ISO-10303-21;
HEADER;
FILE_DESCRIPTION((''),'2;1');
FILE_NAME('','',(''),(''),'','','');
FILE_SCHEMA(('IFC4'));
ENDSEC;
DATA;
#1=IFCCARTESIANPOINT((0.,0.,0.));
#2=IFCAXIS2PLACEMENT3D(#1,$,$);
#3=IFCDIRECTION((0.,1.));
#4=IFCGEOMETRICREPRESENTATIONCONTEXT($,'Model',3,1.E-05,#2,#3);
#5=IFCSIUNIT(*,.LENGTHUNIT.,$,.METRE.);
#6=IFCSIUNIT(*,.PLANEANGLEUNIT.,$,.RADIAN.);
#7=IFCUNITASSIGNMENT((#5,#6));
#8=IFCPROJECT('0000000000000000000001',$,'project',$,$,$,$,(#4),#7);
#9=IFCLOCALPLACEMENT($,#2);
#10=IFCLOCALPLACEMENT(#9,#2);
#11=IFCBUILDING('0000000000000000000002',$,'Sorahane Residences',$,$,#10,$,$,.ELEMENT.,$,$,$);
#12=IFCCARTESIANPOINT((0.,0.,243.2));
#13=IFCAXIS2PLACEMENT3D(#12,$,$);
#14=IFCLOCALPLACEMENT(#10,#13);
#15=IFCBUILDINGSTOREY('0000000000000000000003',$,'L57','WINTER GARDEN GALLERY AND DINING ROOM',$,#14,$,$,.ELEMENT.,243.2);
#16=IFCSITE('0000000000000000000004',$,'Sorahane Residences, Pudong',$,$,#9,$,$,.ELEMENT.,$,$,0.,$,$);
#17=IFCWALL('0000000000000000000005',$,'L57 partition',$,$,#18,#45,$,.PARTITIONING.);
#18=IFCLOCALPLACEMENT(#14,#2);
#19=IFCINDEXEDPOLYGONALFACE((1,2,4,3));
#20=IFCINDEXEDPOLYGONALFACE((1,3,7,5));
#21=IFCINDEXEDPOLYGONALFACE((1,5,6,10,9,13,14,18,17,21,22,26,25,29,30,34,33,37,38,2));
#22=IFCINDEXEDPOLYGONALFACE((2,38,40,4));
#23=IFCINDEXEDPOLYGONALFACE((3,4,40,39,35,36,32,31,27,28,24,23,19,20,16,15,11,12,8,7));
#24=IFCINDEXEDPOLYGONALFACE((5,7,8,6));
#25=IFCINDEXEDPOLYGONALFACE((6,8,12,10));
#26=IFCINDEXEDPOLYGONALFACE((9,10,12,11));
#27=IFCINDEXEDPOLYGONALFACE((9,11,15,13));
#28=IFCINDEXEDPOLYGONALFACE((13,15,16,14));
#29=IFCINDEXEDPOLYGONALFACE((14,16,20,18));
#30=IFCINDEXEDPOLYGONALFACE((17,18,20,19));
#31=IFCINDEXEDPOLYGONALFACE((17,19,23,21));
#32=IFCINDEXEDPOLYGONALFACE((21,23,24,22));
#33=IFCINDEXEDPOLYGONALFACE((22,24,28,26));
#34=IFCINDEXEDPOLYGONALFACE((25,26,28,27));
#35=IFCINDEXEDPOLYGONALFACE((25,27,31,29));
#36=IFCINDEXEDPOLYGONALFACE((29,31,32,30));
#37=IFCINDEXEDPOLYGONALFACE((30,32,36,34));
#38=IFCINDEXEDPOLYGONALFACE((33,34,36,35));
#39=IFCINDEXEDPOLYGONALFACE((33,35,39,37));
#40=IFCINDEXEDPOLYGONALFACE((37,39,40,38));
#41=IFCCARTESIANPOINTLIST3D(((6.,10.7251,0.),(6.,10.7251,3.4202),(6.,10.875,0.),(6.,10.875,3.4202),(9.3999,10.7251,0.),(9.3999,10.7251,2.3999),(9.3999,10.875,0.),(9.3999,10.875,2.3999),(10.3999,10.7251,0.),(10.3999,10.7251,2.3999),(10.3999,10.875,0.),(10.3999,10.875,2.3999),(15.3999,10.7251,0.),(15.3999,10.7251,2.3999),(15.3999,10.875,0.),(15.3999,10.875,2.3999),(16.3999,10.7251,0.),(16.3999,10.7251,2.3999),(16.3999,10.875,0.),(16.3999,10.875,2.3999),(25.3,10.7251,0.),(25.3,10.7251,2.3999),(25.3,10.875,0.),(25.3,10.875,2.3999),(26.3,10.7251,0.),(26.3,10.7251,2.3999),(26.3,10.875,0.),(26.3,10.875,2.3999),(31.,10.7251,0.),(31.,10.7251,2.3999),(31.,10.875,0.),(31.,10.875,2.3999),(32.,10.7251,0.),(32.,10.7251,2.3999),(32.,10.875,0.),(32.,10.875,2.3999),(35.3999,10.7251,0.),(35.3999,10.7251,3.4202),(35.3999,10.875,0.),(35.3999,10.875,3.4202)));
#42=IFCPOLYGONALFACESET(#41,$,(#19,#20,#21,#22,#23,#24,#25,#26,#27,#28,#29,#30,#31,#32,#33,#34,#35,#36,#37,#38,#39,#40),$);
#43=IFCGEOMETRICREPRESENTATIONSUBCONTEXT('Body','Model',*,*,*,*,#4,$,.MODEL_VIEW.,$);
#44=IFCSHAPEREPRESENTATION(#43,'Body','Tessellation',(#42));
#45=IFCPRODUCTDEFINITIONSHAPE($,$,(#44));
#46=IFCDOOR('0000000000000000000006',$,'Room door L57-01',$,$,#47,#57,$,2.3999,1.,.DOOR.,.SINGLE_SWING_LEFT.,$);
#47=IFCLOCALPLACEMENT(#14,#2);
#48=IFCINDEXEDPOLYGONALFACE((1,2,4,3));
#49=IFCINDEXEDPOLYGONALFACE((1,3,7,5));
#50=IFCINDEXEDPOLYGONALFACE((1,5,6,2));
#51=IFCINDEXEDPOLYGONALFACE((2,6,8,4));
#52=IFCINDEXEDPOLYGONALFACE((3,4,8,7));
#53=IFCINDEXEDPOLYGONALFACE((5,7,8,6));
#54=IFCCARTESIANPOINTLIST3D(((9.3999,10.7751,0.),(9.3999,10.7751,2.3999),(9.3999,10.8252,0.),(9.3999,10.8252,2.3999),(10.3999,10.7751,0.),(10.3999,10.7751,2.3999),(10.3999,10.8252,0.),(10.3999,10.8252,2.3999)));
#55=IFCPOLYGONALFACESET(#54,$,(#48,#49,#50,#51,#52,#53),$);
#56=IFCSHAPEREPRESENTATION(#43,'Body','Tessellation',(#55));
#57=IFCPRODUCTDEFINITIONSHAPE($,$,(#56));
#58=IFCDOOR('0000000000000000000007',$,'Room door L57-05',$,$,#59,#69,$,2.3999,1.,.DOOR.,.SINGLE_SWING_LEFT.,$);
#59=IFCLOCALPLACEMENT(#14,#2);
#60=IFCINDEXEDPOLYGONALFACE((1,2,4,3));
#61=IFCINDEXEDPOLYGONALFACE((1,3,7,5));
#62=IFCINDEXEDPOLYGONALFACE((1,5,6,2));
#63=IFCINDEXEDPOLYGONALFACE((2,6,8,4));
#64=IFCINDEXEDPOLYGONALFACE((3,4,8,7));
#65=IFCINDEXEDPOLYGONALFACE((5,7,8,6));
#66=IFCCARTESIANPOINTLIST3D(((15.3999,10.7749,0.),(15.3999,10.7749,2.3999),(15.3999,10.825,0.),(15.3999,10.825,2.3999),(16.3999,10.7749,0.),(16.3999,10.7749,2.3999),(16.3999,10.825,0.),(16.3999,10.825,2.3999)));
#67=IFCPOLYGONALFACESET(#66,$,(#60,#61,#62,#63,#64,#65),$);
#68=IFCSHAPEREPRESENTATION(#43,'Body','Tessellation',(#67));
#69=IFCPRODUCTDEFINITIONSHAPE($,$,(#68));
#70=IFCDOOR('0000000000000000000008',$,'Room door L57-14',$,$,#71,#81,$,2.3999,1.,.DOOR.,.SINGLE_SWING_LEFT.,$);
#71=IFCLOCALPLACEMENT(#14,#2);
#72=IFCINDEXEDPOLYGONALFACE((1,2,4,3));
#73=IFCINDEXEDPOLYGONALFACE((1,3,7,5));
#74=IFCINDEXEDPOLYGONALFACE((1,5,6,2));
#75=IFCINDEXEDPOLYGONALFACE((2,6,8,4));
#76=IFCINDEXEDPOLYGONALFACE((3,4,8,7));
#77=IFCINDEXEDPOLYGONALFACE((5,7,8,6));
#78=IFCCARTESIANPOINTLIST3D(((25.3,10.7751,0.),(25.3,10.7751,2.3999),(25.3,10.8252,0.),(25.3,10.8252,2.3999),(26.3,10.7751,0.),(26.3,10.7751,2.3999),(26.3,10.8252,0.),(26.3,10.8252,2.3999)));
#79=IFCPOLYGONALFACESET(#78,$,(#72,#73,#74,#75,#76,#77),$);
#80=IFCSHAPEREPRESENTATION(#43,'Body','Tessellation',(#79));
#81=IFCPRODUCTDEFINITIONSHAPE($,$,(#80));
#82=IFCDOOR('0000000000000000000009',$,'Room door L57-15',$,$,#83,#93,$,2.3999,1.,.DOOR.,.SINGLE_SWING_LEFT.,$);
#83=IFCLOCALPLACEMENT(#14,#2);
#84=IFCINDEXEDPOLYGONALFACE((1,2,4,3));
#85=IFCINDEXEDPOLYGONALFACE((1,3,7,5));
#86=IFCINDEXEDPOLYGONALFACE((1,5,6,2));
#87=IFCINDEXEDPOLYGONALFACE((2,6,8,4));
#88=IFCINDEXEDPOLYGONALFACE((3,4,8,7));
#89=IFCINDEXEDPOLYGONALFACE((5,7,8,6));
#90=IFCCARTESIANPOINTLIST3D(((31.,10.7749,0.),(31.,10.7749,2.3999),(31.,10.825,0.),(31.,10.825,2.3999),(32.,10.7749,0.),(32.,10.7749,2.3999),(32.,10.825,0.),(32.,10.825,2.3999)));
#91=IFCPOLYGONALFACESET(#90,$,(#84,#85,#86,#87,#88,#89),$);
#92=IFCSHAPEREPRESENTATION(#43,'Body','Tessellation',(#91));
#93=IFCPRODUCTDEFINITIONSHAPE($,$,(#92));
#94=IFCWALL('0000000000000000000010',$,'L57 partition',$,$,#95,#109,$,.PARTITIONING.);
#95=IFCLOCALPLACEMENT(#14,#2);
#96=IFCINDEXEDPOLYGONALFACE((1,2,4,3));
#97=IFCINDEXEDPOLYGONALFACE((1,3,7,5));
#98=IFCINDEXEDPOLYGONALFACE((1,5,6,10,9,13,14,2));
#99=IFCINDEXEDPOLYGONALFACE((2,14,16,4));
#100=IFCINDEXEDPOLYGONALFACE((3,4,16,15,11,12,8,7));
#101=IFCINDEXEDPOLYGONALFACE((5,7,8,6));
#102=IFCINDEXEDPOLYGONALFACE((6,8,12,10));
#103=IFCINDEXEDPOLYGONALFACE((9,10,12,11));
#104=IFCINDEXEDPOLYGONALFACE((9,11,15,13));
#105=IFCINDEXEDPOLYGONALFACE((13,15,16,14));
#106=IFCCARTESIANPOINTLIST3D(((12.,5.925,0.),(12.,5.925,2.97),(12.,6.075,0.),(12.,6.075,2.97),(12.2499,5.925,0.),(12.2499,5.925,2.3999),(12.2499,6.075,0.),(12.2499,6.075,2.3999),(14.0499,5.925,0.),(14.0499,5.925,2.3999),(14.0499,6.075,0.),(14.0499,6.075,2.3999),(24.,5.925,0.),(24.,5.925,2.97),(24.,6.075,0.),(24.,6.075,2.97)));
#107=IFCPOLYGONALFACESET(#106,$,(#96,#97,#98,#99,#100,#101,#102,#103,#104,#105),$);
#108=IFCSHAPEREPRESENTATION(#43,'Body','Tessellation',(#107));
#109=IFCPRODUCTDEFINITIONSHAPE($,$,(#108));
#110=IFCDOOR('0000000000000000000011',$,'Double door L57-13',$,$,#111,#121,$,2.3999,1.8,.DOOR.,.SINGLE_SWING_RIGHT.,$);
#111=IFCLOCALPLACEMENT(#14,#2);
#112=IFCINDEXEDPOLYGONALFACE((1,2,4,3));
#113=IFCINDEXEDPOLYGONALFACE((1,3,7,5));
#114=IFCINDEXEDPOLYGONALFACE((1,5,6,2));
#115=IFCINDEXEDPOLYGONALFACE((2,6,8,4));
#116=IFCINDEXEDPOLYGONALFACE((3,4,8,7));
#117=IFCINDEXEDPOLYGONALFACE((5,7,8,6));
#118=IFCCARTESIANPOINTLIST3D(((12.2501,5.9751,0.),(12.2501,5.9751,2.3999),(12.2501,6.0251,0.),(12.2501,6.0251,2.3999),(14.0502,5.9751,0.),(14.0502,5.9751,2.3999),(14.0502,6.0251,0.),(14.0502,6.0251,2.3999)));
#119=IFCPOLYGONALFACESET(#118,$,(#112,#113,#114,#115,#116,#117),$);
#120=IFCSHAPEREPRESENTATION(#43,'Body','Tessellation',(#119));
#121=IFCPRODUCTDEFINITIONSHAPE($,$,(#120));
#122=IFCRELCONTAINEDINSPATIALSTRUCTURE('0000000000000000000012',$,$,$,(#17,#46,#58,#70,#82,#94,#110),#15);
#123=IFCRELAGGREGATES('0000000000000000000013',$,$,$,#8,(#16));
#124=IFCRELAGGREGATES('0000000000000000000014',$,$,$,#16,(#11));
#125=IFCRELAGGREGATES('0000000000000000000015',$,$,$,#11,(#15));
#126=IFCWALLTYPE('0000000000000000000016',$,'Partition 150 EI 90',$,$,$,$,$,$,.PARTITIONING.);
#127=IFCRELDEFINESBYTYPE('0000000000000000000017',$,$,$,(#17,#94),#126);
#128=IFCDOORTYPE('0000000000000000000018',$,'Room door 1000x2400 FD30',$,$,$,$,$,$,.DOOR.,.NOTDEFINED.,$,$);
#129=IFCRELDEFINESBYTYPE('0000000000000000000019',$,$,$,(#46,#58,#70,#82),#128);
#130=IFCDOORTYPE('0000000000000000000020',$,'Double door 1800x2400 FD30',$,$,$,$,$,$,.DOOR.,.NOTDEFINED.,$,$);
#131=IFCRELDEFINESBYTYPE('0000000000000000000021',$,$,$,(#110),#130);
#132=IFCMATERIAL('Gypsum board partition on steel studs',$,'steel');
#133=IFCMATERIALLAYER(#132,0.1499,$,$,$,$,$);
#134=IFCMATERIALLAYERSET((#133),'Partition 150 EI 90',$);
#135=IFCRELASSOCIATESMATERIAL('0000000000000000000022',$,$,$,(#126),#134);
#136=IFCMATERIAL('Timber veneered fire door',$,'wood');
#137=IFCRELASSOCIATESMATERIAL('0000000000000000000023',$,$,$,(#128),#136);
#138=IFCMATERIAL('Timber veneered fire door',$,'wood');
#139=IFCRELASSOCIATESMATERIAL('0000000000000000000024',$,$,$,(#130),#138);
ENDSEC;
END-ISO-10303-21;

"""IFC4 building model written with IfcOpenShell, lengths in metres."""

from ifc_helpers import new_model, si_unit, direction, frame, frame_2d, origin, place, context, subcontext, project, spatial, rectangle, extrude, material, layer, layer_set, type_object, element, fill, save


model = new_model("IFC4")

# Units and contexts
model_context = context("Model", 3, precision=1e-05, world=origin(), true_north=direction((0.0, 1.0)))
body_context = subcontext(model_context, "Body", "Model", "MODEL_VIEW")
ifc_project = project(units=[si_unit("LENGTHUNIT", "METRE"), si_unit("PLANEANGLEUNIT", "RADIAN")], contexts=[model_context])

# Site, building, storey
site_placement = place(None, origin())
site = spatial("IfcSite", under=ifc_project, at=site_placement, Name="Sorahane Residences, Pudong", CompositionType="ELEMENT", RefElevation=0.0)
building_placement = place(site_placement, origin())
building = spatial("IfcBuilding", under=site, at=building_placement, Name="Sorahane Residences", CompositionType="ELEMENT")
storey_placement = place(building_placement, frame((0.0, 0.0, 243.2)))
storey = spatial("IfcBuildingStorey", under=building, at=storey_placement, Name="L57", Description="WINTER GARDEN GALLERY AND DINING ROOM", CompositionType="ELEMENT", Elevation=243.2)

# Shared definitions
ifc_material_1 = material(Name="Gypsum board partition on steel studs", Category="steel")
ifc_layer_1 = layer(ifc_material_1, 0.1499)
ifc_layer_set_1 = layer_set([ifc_layer_1], Name="Partition 150 EI 90")
wall_type = type_object("IfcWallType", Name="Partition 150 EI 90", PredefinedType="PARTITIONING", material=ifc_layer_set_1)

# Wall, openings, doors
wall_1_placement = place(storey_placement, frame((6.0, 10.8, 0.0), z_axis=(0.0, 0.0, 1.0), x_axis=(1.0, 0.0, 0.0)))
wall_1 = element("IfcWall", 1, at=wall_1_placement, inside=storey, type_object=wall_type, Name="L57 partition", PredefinedType="PARTITIONING", context=body_context, shape_type="SweptSolid", body=[
    extrude(rectangle(XDim=29.3999, YDim=0.1499, at=frame_2d((14.7, 0.0))), origin(), (0.0, 0.0, 1.0), 3.4202),
])
opening_1_placement = place(wall_1_placement, frame((3.3999, 0.0, 0.0)))
opening_1 = element("IfcOpeningElement", 2, at=opening_1_placement, cuts=wall_1, PredefinedType="OPENING", context=body_context, shape_type="SweptSolid", body=[
    extrude(rectangle(XDim=1.0, YDim=2.3999, at=frame_2d((0.5, 1.2))), frame((0.0, 0.085, 0.0), z_axis=(0.0, -1.0, 0.0), x_axis=(1.0, 0.0, 0.0)), (0.0, 0.0, 1.0), 0.1699),
])
opening_2_placement = place(wall_1_placement, frame((9.3999, 0.0, 0.0)))
opening_2 = element("IfcOpeningElement", 3, at=opening_2_placement, cuts=wall_1, PredefinedType="OPENING", context=body_context, shape_type="SweptSolid", body=[
    extrude(rectangle(XDim=1.0, YDim=2.3999, at=frame_2d((0.5, 1.2))), frame((0.0, 0.085, 0.0), z_axis=(0.0, -1.0, 0.0), x_axis=(1.0, 0.0, 0.0)), (0.0, 0.0, 1.0), 0.1699),
])
opening_3_placement = place(wall_1_placement, frame((19.3, 0.0, 0.0)))
opening_3 = element("IfcOpeningElement", 4, at=opening_3_placement, cuts=wall_1, PredefinedType="OPENING", context=body_context, shape_type="SweptSolid", body=[
    extrude(rectangle(XDim=1.0, YDim=2.3999, at=frame_2d((0.5, 1.2))), frame((0.0, 0.085, 0.0), z_axis=(0.0, -1.0, 0.0), x_axis=(1.0, 0.0, 0.0)), (0.0, 0.0, 1.0), 0.1699),
])
opening_4_placement = place(wall_1_placement, frame((25.0, 0.0, 0.0)))
opening_4 = element("IfcOpeningElement", 5, at=opening_4_placement, cuts=wall_1, PredefinedType="OPENING", context=body_context, shape_type="SweptSolid", body=[
    extrude(rectangle(XDim=1.0, YDim=2.3999, at=frame_2d((0.5, 1.2))), frame((0.0, 0.085, 0.0), z_axis=(0.0, -1.0, 0.0), x_axis=(1.0, 0.0, 0.0)), (0.0, 0.0, 1.0), 0.1699),
])
ifc_material_2 = material(Name="Timber veneered fire door", Category="wood")
door_type_1 = type_object("IfcDoorType", Name="Room door 1000x2400 FD30", OperationType="NOTDEFINED", PredefinedType="DOOR", material=ifc_material_2)
door_1_placement = place(opening_1_placement, frame((1.0, 0.0, 0.0), z_axis=(0.0, 0.0, 1.0), x_axis=(-1.0, 0.0, 0.0)))
door_1 = element("IfcDoor", 6, at=door_1_placement, inside=storey, type_object=door_type_1, Name="Room door L57-01", OperationType="SINGLE_SWING_LEFT", OverallHeight=2.3999, OverallWidth=1.0, PredefinedType="DOOR", context=body_context, shape_type="SweptSolid", body=[
    extrude(rectangle(XDim=1.0, YDim=2.3999, at=frame_2d((0.5, 1.2))), frame((0.0, 0.0249, 0.0), z_axis=(0.0, -1.0, 0.0), x_axis=(1.0, 0.0, 0.0)), (0.0, 0.0, 1.0), 0.05),
])
fill(opening_1, door_1)
door_2_placement = place(opening_2_placement, origin())
door_2 = element("IfcDoor", 7, at=door_2_placement, inside=storey, type_object=door_type_1, Name="Room door L57-05", OperationType="SINGLE_SWING_LEFT", OverallHeight=2.3999, OverallWidth=1.0, PredefinedType="DOOR", context=body_context, shape_type="SweptSolid", body=[
    extrude(rectangle(XDim=1.0, YDim=2.3999, at=frame_2d((0.5, 1.2))), frame((0.0, 0.0249, 0.0), z_axis=(0.0, -1.0, 0.0), x_axis=(1.0, 0.0, 0.0)), (0.0, 0.0, 1.0), 0.05),
])
fill(opening_2, door_2)
door_3_placement = place(opening_3_placement, frame((1.0, 0.0, 0.0), z_axis=(0.0, 0.0, 1.0), x_axis=(-1.0, 0.0, 0.0)))
door_3 = element("IfcDoor", 8, at=door_3_placement, inside=storey, type_object=door_type_1, Name="Room door L57-14", OperationType="SINGLE_SWING_LEFT", OverallHeight=2.3999, OverallWidth=1.0, PredefinedType="DOOR", context=body_context, shape_type="SweptSolid", body=[
    extrude(rectangle(XDim=1.0, YDim=2.3999, at=frame_2d((0.5, 1.2))), frame((0.0, 0.0249, 0.0), z_axis=(0.0, -1.0, 0.0), x_axis=(1.0, 0.0, 0.0)), (0.0, 0.0, 1.0), 0.05),
])
fill(opening_3, door_3)
door_4_placement = place(opening_4_placement, origin())
door_4 = element("IfcDoor", 9, at=door_4_placement, inside=storey, type_object=door_type_1, Name="Room door L57-15", OperationType="SINGLE_SWING_LEFT", OverallHeight=2.3999, OverallWidth=1.0, PredefinedType="DOOR", context=body_context, shape_type="SweptSolid", body=[
    extrude(rectangle(XDim=1.0, YDim=2.3999, at=frame_2d((0.5, 1.2))), frame((0.0, 0.0249, 0.0), z_axis=(0.0, -1.0, 0.0), x_axis=(1.0, 0.0, 0.0)), (0.0, 0.0, 1.0), 0.05),
])
fill(opening_4, door_4)

# Wall, opening, door
wall_2_placement = place(storey_placement, frame((12.0, 6.0, 0.0), z_axis=(0.0, 0.0, 1.0), x_axis=(1.0, 0.0, 0.0)))
wall_2 = element("IfcWall", 10, at=wall_2_placement, inside=storey, type_object=wall_type, Name="L57 partition", PredefinedType="PARTITIONING", context=body_context, shape_type="SweptSolid", body=[
    extrude(rectangle(XDim=12.0, YDim=0.1499, at=frame_2d((6.0, 0.0))), origin(), (0.0, 0.0, 1.0), 2.97),
])
opening_5_placement = place(wall_2_placement, frame((0.25, 0.0, 0.0)))
opening_5 = element("IfcOpeningElement", 11, at=opening_5_placement, cuts=wall_2, PredefinedType="OPENING", context=body_context, shape_type="SweptSolid", body=[
    extrude(rectangle(XDim=1.8, YDim=2.3999, at=frame_2d((0.8999, 1.2))), frame((0.0, 0.085, 0.0), z_axis=(0.0, -1.0, 0.0), x_axis=(1.0, 0.0, 0.0)), (0.0, 0.0, 1.0), 0.1699),
])
ifc_material_3 = material(Name="Timber veneered fire door", Category="wood")
door_type_2 = type_object("IfcDoorType", Name="Double door 1800x2400 FD30", OperationType="NOTDEFINED", PredefinedType="DOOR", material=ifc_material_3)
door_5_placement = place(opening_5_placement, frame((1.8, 0.0, 0.0), z_axis=(0.0, 0.0, 1.0), x_axis=(-1.0, 0.0, 0.0)))
door_5 = element("IfcDoor", 12, at=door_5_placement, inside=storey, type_object=door_type_2, Name="Double door L57-13", OperationType="SINGLE_SWING_RIGHT", OverallHeight=2.3999, OverallWidth=1.8, PredefinedType="DOOR", context=body_context, shape_type="SweptSolid", body=[
    extrude(rectangle(XDim=1.8, YDim=2.3999, at=frame_2d((0.8999, 1.2))), frame((0.0, 0.0249, 0.0), z_axis=(0.0, -1.0, 0.0), x_axis=(1.0, 0.0, 0.0)), (0.0, 0.0, 1.0), 0.05),
])
fill(opening_5, door_5)

save(model, "model.ifc")
